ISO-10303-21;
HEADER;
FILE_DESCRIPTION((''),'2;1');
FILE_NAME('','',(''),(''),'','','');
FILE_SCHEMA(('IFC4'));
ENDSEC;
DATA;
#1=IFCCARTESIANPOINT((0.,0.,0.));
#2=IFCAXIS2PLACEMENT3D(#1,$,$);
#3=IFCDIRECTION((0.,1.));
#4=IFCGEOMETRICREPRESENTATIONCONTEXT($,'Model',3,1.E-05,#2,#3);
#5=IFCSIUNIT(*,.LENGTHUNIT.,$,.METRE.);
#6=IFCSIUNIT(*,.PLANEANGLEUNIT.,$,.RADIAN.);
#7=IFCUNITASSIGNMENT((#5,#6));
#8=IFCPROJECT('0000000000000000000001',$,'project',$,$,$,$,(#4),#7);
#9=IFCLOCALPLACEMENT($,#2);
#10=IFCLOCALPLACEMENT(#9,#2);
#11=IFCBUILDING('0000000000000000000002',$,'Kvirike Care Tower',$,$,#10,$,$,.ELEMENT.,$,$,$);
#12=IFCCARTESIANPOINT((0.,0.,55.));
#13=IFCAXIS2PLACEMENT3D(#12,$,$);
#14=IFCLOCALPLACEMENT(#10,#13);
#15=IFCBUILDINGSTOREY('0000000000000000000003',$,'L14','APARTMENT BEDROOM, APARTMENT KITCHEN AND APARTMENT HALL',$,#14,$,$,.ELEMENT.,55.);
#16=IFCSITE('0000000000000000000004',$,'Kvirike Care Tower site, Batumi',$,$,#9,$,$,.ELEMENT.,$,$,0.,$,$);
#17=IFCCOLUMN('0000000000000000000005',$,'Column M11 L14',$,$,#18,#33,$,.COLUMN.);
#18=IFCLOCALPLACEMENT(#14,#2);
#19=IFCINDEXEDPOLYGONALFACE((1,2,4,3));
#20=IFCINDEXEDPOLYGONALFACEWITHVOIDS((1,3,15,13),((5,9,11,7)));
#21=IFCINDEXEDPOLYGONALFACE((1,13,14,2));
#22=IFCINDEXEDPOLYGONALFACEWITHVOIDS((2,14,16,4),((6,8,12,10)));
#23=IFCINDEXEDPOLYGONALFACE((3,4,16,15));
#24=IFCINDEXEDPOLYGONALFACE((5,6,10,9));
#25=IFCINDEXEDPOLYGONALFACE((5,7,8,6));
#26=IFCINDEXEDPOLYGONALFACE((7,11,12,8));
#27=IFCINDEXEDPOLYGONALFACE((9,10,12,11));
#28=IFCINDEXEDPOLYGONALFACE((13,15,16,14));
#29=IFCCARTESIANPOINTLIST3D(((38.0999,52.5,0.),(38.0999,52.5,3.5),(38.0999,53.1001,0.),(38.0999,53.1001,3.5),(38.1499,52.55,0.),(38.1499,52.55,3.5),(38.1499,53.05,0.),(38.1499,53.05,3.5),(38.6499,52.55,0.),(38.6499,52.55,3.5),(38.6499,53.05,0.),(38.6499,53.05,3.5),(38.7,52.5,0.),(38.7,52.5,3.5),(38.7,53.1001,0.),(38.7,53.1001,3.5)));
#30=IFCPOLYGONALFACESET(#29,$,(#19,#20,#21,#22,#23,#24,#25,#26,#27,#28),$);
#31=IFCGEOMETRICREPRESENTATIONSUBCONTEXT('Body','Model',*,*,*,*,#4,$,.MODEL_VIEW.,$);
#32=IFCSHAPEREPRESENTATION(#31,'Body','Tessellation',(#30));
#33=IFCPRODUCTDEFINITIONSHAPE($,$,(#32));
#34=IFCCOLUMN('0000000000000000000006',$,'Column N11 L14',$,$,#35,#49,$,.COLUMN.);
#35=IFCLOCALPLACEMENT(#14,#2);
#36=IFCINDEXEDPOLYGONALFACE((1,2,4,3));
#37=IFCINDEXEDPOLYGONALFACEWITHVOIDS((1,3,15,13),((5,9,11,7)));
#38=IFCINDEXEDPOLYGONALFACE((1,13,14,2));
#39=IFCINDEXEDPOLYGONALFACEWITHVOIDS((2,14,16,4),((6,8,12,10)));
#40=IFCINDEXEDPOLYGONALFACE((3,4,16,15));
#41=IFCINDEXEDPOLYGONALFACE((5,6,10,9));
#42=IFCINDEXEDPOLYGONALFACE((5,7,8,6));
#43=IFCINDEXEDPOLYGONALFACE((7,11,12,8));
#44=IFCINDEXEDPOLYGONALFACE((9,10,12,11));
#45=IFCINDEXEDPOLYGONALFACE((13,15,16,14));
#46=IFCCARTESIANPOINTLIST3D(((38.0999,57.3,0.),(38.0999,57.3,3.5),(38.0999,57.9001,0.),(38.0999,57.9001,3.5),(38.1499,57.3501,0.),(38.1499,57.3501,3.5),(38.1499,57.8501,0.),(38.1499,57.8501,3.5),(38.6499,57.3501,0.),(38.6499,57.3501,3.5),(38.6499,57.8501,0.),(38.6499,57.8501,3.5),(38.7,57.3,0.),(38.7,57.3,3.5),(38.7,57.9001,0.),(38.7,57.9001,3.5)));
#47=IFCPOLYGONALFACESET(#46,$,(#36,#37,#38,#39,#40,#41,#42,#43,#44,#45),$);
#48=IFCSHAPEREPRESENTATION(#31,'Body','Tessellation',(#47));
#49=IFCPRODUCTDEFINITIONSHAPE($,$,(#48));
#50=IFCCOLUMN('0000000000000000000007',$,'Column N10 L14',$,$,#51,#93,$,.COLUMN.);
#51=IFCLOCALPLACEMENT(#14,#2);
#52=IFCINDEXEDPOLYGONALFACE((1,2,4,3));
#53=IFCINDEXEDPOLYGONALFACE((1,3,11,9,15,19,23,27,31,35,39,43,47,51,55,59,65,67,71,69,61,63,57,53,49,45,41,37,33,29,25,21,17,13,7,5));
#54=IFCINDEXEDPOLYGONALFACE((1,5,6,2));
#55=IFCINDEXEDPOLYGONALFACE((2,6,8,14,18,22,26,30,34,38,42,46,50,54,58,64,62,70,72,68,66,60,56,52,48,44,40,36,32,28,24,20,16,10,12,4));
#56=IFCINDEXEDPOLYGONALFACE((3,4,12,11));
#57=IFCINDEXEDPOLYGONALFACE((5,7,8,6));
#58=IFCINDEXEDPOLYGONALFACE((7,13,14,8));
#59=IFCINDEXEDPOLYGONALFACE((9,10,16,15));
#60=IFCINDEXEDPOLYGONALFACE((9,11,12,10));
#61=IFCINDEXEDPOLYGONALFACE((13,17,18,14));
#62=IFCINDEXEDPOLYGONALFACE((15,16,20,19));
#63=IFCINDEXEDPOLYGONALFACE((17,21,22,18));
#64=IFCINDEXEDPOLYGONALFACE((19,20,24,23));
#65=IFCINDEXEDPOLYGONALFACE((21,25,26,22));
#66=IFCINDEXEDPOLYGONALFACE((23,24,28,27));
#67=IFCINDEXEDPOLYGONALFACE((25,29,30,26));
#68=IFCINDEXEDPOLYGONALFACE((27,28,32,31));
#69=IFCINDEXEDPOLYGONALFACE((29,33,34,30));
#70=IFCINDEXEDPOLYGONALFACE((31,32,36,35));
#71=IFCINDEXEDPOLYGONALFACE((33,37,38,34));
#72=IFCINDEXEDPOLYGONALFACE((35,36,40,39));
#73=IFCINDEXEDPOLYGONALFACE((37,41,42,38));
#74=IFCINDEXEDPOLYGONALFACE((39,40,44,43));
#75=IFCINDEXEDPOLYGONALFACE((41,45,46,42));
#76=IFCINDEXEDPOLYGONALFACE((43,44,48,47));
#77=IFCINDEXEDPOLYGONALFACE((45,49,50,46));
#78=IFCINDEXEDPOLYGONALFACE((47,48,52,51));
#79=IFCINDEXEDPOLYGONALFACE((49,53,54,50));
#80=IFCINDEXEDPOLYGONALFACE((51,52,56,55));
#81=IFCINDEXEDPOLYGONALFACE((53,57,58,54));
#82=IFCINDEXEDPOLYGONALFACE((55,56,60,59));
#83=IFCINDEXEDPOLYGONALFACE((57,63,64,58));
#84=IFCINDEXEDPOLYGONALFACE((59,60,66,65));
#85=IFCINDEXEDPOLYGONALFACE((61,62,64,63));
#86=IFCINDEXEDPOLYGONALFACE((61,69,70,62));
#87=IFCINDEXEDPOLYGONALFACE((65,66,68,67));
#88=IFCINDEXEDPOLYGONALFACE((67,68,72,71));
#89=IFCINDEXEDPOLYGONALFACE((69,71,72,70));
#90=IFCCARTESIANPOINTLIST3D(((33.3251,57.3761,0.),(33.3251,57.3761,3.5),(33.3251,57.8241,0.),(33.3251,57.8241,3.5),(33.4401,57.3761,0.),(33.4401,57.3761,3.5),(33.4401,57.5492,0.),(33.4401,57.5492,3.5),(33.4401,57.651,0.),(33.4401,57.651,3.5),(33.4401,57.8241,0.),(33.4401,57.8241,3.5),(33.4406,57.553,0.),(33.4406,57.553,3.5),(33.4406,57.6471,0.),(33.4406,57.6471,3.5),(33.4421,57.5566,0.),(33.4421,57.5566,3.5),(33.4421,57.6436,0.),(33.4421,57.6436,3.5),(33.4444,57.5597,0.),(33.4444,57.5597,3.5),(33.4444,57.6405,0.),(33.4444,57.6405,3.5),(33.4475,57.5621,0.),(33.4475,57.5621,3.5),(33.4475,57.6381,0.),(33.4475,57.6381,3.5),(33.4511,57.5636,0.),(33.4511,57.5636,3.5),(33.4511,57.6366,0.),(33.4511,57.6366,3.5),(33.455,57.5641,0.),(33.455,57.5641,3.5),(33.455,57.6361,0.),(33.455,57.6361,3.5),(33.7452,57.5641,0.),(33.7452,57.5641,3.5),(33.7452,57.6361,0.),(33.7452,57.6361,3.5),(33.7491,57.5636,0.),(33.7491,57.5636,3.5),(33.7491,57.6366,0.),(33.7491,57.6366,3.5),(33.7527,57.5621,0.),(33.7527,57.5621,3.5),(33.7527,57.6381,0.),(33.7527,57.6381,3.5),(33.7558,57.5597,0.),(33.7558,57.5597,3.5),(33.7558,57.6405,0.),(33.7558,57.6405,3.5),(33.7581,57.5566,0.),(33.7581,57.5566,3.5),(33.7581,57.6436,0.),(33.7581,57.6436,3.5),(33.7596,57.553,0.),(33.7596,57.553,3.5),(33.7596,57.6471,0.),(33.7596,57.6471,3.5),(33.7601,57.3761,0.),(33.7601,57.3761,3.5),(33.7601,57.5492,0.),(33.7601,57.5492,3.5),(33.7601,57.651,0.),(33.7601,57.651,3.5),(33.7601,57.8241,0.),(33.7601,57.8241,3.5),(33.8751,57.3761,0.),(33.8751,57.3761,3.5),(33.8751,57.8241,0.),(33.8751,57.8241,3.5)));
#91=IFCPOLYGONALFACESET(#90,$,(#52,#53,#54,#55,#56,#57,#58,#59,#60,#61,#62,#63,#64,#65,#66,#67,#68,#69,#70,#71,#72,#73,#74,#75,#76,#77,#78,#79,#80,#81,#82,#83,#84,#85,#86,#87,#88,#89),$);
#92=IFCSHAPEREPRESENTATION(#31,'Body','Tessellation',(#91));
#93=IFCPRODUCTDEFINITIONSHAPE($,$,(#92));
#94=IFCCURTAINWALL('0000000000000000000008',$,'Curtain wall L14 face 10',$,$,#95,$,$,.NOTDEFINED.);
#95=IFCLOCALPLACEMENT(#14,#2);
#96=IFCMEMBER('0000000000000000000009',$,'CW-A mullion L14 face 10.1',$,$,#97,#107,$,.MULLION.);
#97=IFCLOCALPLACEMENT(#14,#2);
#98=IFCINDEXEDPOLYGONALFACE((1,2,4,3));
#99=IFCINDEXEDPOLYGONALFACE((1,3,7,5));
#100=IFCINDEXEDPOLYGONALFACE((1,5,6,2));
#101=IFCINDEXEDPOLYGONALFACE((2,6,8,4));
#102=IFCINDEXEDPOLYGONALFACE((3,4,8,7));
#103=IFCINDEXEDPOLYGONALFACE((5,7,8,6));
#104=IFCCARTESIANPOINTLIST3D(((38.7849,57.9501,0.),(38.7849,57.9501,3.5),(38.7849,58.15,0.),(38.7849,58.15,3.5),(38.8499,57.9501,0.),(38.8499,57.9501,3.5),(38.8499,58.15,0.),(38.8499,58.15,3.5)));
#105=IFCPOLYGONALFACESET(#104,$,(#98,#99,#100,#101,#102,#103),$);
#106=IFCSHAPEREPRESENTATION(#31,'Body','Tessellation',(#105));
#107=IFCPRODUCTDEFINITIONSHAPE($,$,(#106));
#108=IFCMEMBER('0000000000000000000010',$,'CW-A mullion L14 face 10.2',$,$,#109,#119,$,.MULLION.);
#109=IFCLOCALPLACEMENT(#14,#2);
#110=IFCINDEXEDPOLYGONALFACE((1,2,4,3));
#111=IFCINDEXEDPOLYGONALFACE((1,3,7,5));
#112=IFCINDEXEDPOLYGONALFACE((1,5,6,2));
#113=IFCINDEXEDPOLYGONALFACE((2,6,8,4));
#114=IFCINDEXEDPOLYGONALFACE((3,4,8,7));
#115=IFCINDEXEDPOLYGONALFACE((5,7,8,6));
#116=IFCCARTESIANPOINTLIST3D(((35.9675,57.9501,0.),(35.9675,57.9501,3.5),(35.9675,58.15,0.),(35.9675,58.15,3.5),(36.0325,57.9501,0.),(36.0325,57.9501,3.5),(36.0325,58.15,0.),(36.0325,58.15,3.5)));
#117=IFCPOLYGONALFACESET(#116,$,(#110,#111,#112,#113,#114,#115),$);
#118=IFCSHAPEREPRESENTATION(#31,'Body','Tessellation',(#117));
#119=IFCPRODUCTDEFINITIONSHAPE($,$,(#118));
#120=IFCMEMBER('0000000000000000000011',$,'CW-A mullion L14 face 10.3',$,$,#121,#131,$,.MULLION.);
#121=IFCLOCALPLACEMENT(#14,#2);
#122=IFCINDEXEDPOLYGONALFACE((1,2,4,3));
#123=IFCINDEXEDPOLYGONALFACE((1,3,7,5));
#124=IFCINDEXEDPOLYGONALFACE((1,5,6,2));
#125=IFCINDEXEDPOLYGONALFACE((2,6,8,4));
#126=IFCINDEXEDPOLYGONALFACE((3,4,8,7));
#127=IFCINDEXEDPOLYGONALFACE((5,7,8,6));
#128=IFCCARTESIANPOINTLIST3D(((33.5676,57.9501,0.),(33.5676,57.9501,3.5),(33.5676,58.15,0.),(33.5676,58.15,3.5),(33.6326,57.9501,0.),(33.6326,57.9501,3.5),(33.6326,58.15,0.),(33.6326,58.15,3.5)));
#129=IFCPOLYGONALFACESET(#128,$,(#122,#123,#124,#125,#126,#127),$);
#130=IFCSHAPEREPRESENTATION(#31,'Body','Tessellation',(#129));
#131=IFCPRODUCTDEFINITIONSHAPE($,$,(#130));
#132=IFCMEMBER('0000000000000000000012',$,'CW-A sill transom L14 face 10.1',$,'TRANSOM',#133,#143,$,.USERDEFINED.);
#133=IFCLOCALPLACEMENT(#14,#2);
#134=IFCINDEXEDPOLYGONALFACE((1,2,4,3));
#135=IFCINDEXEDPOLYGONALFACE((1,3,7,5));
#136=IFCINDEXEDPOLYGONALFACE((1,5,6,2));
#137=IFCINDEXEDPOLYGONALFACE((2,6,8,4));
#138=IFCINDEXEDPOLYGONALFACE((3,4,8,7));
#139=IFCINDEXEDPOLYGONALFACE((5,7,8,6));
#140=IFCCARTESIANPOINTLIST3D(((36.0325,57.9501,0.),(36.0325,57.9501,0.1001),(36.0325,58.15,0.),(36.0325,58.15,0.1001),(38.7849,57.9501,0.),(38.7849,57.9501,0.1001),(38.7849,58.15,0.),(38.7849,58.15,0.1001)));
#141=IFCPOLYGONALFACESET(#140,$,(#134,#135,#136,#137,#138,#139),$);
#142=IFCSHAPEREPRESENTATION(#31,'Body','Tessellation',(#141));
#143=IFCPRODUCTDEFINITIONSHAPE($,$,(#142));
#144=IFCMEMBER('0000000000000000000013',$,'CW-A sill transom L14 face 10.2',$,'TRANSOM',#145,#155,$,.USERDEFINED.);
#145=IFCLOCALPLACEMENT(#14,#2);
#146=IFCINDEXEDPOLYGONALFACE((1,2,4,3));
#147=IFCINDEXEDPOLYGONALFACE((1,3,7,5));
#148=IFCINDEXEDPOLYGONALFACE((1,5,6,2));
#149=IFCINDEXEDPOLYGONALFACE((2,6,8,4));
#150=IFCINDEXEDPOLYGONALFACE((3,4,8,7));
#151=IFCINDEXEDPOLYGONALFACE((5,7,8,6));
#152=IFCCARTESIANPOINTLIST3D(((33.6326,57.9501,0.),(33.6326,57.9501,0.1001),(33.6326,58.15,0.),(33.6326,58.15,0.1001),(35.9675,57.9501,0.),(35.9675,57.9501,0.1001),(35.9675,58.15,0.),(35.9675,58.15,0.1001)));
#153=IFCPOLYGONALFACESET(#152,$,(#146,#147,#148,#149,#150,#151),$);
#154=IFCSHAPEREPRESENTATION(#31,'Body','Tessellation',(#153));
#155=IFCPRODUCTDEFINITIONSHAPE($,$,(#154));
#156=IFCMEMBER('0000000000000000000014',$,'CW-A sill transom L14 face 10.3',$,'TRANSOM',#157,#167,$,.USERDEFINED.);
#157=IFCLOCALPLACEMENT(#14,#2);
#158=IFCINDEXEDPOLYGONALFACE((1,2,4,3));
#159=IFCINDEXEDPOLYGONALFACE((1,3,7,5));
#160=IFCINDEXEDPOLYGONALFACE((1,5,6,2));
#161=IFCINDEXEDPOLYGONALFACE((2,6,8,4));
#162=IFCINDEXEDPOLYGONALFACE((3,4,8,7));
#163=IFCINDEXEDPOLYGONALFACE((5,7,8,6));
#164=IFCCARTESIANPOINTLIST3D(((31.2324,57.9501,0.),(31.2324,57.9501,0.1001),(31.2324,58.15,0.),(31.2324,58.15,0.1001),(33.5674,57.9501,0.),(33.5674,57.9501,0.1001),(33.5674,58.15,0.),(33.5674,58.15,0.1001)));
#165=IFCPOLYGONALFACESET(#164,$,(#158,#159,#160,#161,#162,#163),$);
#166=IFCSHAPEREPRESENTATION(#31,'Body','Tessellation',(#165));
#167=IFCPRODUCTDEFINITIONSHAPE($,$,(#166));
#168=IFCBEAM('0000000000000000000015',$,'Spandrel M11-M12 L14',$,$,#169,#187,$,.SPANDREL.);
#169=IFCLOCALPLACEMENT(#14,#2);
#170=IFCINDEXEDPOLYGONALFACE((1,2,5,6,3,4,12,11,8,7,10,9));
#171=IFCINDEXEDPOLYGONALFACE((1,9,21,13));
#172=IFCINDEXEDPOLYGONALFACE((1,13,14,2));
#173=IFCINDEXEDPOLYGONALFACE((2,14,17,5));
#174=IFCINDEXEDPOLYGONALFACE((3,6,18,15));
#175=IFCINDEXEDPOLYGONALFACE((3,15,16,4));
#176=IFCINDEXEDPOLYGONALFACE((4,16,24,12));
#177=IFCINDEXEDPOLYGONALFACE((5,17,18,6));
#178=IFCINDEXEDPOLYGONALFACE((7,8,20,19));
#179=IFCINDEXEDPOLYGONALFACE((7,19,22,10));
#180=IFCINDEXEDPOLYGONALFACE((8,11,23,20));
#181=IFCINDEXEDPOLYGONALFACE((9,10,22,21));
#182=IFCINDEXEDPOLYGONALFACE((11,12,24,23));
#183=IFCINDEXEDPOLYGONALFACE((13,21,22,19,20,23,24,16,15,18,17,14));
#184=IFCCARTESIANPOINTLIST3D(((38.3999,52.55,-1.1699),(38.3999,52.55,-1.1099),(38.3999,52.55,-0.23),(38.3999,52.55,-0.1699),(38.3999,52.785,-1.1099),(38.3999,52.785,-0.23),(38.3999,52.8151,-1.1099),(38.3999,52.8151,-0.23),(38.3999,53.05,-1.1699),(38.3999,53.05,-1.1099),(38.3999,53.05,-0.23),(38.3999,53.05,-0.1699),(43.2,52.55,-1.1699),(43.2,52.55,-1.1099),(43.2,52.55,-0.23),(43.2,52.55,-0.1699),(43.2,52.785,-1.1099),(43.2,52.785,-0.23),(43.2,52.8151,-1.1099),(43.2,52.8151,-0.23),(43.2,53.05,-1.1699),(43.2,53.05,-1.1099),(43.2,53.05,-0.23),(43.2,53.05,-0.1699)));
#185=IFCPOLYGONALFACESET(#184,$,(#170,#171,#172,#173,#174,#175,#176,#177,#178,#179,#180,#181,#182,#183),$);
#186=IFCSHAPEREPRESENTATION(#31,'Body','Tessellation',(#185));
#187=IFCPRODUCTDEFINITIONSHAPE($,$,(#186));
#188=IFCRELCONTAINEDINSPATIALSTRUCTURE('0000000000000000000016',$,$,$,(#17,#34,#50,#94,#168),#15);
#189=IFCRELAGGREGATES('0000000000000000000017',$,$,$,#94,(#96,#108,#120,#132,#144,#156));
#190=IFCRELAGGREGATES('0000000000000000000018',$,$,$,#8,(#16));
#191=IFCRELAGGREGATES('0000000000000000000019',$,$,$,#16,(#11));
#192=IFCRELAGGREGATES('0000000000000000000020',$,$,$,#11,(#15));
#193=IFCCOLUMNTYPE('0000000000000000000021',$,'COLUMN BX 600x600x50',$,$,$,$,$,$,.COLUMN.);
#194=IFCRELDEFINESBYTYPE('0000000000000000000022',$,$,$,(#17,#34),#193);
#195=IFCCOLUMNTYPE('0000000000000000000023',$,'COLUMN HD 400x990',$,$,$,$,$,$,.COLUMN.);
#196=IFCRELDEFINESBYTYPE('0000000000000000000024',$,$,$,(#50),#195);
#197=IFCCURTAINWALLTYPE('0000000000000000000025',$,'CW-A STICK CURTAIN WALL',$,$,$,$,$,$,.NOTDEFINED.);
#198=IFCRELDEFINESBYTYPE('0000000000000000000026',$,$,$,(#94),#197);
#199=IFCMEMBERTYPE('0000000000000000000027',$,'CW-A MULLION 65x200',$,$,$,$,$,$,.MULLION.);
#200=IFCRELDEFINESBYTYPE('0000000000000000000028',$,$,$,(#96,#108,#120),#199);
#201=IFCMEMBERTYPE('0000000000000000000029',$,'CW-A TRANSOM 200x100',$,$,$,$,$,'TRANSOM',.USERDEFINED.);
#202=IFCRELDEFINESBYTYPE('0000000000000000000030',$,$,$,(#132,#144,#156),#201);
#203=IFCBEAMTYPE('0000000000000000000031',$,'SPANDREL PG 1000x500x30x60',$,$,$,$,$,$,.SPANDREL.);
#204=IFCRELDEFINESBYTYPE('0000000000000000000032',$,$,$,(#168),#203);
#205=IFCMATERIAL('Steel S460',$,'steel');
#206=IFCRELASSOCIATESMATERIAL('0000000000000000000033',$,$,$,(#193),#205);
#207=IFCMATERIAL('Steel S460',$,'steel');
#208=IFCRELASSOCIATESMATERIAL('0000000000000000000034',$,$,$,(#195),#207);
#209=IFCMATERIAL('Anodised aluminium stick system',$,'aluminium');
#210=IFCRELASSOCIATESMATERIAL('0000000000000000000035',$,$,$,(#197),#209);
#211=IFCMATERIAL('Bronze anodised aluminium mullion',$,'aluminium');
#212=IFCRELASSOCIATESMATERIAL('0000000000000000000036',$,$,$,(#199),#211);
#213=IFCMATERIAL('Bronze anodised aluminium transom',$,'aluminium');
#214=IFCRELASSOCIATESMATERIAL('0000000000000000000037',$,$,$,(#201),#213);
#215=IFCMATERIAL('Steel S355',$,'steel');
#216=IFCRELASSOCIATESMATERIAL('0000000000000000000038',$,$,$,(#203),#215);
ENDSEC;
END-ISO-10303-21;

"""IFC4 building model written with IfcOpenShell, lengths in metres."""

from ifc_helpers import new_model, si_unit, direction, frame, origin, origin_2d, place, context, subcontext, project, spatial, rectangle, hollow_rectangle, i_section, extrude, material, material_profile, profile_set, type_object, element, aggregate, save


model = new_model("IFC4")

# Units and contexts
model_context = context("Model", 3, precision=1e-05, world=origin(), true_north=direction((0.0, 1.0)))
body_context = subcontext(model_context, "Body", "Model", "MODEL_VIEW")
ifc_project = project(units=[si_unit("LENGTHUNIT", "METRE"), si_unit("PLANEANGLEUNIT", "RADIAN")], contexts=[model_context])

# Site, building, storey
site_placement = place(None, origin())
site = spatial("IfcSite", under=ifc_project, at=site_placement, Name="Kvirike Care Tower site, Batumi", CompositionType="ELEMENT", RefElevation=0.0)
building_placement = place(site_placement, origin())
building = spatial("IfcBuilding", under=site, at=building_placement, Name="Kvirike Care Tower", CompositionType="ELEMENT")
storey_placement = place(building_placement, frame((0.0, 0.0, 55.0)))
storey = spatial("IfcBuildingStorey", under=building, at=storey_placement, Name="L14", Description="APARTMENT BEDROOM, APARTMENT KITCHEN AND APARTMENT HALL", CompositionType="ELEMENT", Elevation=55.0)

# Columns
ifc_material_1 = material(Name="Steel S460", Category="steel")
ifc_material_profile_1 = material_profile(ifc_material_1, hollow_rectangle(XDim=0.6001, YDim=0.6001, WallThickness=0.05, at=origin_2d()), Name="BX 600x600x50")
ifc_profile_set_1 = profile_set([ifc_material_profile_1], Name="Steel S460")
column_type_1 = type_object("IfcColumnType", Name="COLUMN BX 600x600x50", PredefinedType="COLUMN", material=ifc_profile_set_1)
for number, where, z_axis, x_axis, name in (
    (1, (38.3999, 52.8, 0.0), (0.0, 0.0, 1.0), (0.0, 1.0, 0.0), "Column M11 L14"),
    (2, (38.3999, 57.6001, 0.0), (0.0, 0.0, 1.0), (0.0, 1.0, 0.0), "Column N11 L14"),
):
    element("IfcColumn", number, at=place(storey_placement, frame(where, z_axis=z_axis, x_axis=x_axis)), inside=storey, type_object=column_type_1, Name=name, PredefinedType="COLUMN", context=body_context, shape_type="SweptSolid", body=[
        extrude(hollow_rectangle(XDim=0.6001, YDim=0.6001, WallThickness=0.05, at=origin_2d()), origin(), (0.0, 0.0, 1.0), 3.5),
    ])
ifc_material_2 = material(Name="Steel S460", Category="steel")
ifc_material_profile_2 = material_profile(ifc_material_2, i_section(OverallWidth=0.448, OverallDepth=0.55, WebThickness=0.072, FlangeThickness=0.115, FilletRadius=0.0149, at=origin_2d()), Name="HD 400x990")
ifc_profile_set_2 = profile_set([ifc_material_profile_2], Name="Steel S460")
column_type_2 = type_object("IfcColumnType", Name="COLUMN HD 400x990", PredefinedType="COLUMN", material=ifc_profile_set_2)
column_placement = place(storey_placement, frame((33.6001, 57.6001, 0.0), z_axis=(0.0, 0.0, 1.0), x_axis=(0.0, 1.0, 0.0)))
element("IfcColumn", 3, at=column_placement, inside=storey, type_object=column_type_2, Name="Column N10 L14", PredefinedType="COLUMN", context=body_context, shape_type="SweptSolid", body=[
    extrude(i_section(OverallWidth=0.448, OverallDepth=0.55, WebThickness=0.072, FlangeThickness=0.115, FilletRadius=0.0149, at=origin_2d()), origin(), (0.0, 0.0, 1.0), 3.5),
])

# Curtain wall, members
ifc_material_3 = material(Name="Anodised aluminium stick system", Category="aluminium")
curtain_wall_type = type_object("IfcCurtainWallType", Name="CW-A STICK CURTAIN WALL", PredefinedType="NOTDEFINED", material=ifc_material_3)
curtain_wall_placement = place(storey_placement, origin())
curtain_wall = element("IfcCurtainWall", 4, at=curtain_wall_placement, inside=storey, type_object=curtain_wall_type, Name="Curtain wall L14 face 10", PredefinedType="NOTDEFINED")
ifc_material_4 = material(Name="Bronze anodised aluminium mullion", Category="aluminium")
ifc_material_profile_3 = material_profile(ifc_material_4, rectangle(XDim=0.0649, YDim=0.2, at=origin_2d()), Name="CW-A MULLION 65x200")
ifc_profile_set_3 = profile_set([ifc_material_profile_3], Name="Bronze anodised aluminium mullion")
member_type_1 = type_object("IfcMemberType", Name="CW-A MULLION 65x200", PredefinedType="MULLION", material=ifc_profile_set_3)
member_1_placement = place(storey_placement, frame((38.8174, 58.05, 0.0), z_axis=(0.0, 0.0, 1.0), x_axis=(-1.0, 0.0, 0.0)))
member_1 = element("IfcMember", 5, at=member_1_placement, type_object=member_type_1, Name="CW-A mullion L14 face 10.1", PredefinedType="MULLION", context=body_context, shape_type="SweptSolid", body=[
    extrude(rectangle(XDim=0.0649, YDim=0.2, at=origin_2d()), origin(), (0.0, 0.0, 1.0), 3.5),
])
member_2_placement = place(storey_placement, frame((36.0, 58.05, 0.0), z_axis=(0.0, 0.0, 1.0), x_axis=(-1.0, 0.0, 0.0)))
member_2 = element("IfcMember", 6, at=member_2_placement, type_object=member_type_1, Name="CW-A mullion L14 face 10.2", PredefinedType="MULLION", context=body_context, shape_type="SweptSolid", body=[
    extrude(rectangle(XDim=0.0649, YDim=0.2, at=origin_2d()), origin(), (0.0, 0.0, 1.0), 3.5),
])
member_3_placement = place(storey_placement, frame((33.6001, 58.05, 0.0), z_axis=(0.0, 0.0, 1.0), x_axis=(-1.0, 0.0, 0.0)))
member_3 = element("IfcMember", 7, at=member_3_placement, type_object=member_type_1, Name="CW-A mullion L14 face 10.3", PredefinedType="MULLION", context=body_context, shape_type="SweptSolid", body=[
    extrude(rectangle(XDim=0.0649, YDim=0.2, at=origin_2d()), origin(), (0.0, 0.0, 1.0), 3.5),
])
ifc_material_5 = material(Name="Bronze anodised aluminium transom", Category="aluminium")
ifc_material_profile_4 = material_profile(ifc_material_5, rectangle(XDim=0.2, YDim=0.1001, at=origin_2d()), Name="CW-A TRANSOM 200x100")
ifc_profile_set_4 = profile_set([ifc_material_profile_4], Name="Bronze anodised aluminium transom")
member_type_2 = type_object("IfcMemberType", Name="CW-A TRANSOM 200x100", ElementType="TRANSOM", PredefinedType="USERDEFINED", material=ifc_profile_set_4)
member_4_placement = place(storey_placement, frame((38.7849, 58.05, 0.05), z_axis=(-1.0, 0.0, 0.0), x_axis=(0.0, -1.0, 0.0)))
member_4 = element("IfcMember", 8, at=member_4_placement, type_object=member_type_2, Name="CW-A sill transom L14 face 10.1", ObjectType="TRANSOM", PredefinedType="USERDEFINED", context=body_context, shape_type="SweptSolid", body=[
    extrude(rectangle(XDim=0.2, YDim=0.1001, at=origin_2d()), origin(), (0.0, 0.0, 1.0), 2.7524),
])
member_5_placement = place(storey_placement, frame((35.9675, 58.05, 0.05), z_axis=(-1.0, 0.0, 0.0), x_axis=(0.0, -1.0, 0.0)))
member_5 = element("IfcMember", 9, at=member_5_placement, type_object=member_type_2, Name="CW-A sill transom L14 face 10.2", ObjectType="TRANSOM", PredefinedType="USERDEFINED", context=body_context, shape_type="SweptSolid", body=[
    extrude(rectangle(XDim=0.2, YDim=0.1001, at=origin_2d()), origin(), (0.0, 0.0, 1.0), 2.335),
])
member_6_placement = place(storey_placement, frame((33.5674, 58.05, 0.05), z_axis=(-1.0, 0.0, 0.0), x_axis=(0.0, -1.0, 0.0)))
member_6 = element("IfcMember", 10, at=member_6_placement, type_object=member_type_2, Name="CW-A sill transom L14 face 10.3", ObjectType="TRANSOM", PredefinedType="USERDEFINED", context=body_context, shape_type="SweptSolid", body=[
    extrude(rectangle(XDim=0.2, YDim=0.1001, at=origin_2d()), origin(), (0.0, 0.0, 1.0), 2.335),
])

# Beam
ifc_material_6 = material(Name="Steel S355", Category="steel")
ifc_material_profile_5 = material_profile(ifc_material_6, i_section(OverallWidth=0.5, OverallDepth=1.0, WebThickness=0.03, FlangeThickness=0.0601, at=origin_2d()), Name="PG 1000x500x30x60")
ifc_profile_set_5 = profile_set([ifc_material_profile_5], Name="Steel S355")
beam_type = type_object("IfcBeamType", Name="SPANDREL PG 1000x500x30x60", PredefinedType="SPANDREL", material=ifc_profile_set_5)
beam_1_placement = place(storey_placement, frame((38.3999, 52.8, -0.6699), z_axis=(1.0, 0.0, 0.0), x_axis=(0.0, 1.0, 0.0)))
element("IfcBeam", 11, at=beam_1_placement, inside=storey, type_object=beam_type, Name="Spandrel M11-M12 L14", PredefinedType="SPANDREL", context=body_context, shape_type="SweptSolid", body=[
    extrude(i_section(OverallWidth=0.5, OverallDepth=1.0, WebThickness=0.03, FlangeThickness=0.0601, at=origin_2d()), origin(), (0.0, 0.0, 1.0), 4.8),
])

aggregate(curtain_wall, [member_1, member_2, member_3, member_4, member_5, member_6])

save(model, "model.ifc")
